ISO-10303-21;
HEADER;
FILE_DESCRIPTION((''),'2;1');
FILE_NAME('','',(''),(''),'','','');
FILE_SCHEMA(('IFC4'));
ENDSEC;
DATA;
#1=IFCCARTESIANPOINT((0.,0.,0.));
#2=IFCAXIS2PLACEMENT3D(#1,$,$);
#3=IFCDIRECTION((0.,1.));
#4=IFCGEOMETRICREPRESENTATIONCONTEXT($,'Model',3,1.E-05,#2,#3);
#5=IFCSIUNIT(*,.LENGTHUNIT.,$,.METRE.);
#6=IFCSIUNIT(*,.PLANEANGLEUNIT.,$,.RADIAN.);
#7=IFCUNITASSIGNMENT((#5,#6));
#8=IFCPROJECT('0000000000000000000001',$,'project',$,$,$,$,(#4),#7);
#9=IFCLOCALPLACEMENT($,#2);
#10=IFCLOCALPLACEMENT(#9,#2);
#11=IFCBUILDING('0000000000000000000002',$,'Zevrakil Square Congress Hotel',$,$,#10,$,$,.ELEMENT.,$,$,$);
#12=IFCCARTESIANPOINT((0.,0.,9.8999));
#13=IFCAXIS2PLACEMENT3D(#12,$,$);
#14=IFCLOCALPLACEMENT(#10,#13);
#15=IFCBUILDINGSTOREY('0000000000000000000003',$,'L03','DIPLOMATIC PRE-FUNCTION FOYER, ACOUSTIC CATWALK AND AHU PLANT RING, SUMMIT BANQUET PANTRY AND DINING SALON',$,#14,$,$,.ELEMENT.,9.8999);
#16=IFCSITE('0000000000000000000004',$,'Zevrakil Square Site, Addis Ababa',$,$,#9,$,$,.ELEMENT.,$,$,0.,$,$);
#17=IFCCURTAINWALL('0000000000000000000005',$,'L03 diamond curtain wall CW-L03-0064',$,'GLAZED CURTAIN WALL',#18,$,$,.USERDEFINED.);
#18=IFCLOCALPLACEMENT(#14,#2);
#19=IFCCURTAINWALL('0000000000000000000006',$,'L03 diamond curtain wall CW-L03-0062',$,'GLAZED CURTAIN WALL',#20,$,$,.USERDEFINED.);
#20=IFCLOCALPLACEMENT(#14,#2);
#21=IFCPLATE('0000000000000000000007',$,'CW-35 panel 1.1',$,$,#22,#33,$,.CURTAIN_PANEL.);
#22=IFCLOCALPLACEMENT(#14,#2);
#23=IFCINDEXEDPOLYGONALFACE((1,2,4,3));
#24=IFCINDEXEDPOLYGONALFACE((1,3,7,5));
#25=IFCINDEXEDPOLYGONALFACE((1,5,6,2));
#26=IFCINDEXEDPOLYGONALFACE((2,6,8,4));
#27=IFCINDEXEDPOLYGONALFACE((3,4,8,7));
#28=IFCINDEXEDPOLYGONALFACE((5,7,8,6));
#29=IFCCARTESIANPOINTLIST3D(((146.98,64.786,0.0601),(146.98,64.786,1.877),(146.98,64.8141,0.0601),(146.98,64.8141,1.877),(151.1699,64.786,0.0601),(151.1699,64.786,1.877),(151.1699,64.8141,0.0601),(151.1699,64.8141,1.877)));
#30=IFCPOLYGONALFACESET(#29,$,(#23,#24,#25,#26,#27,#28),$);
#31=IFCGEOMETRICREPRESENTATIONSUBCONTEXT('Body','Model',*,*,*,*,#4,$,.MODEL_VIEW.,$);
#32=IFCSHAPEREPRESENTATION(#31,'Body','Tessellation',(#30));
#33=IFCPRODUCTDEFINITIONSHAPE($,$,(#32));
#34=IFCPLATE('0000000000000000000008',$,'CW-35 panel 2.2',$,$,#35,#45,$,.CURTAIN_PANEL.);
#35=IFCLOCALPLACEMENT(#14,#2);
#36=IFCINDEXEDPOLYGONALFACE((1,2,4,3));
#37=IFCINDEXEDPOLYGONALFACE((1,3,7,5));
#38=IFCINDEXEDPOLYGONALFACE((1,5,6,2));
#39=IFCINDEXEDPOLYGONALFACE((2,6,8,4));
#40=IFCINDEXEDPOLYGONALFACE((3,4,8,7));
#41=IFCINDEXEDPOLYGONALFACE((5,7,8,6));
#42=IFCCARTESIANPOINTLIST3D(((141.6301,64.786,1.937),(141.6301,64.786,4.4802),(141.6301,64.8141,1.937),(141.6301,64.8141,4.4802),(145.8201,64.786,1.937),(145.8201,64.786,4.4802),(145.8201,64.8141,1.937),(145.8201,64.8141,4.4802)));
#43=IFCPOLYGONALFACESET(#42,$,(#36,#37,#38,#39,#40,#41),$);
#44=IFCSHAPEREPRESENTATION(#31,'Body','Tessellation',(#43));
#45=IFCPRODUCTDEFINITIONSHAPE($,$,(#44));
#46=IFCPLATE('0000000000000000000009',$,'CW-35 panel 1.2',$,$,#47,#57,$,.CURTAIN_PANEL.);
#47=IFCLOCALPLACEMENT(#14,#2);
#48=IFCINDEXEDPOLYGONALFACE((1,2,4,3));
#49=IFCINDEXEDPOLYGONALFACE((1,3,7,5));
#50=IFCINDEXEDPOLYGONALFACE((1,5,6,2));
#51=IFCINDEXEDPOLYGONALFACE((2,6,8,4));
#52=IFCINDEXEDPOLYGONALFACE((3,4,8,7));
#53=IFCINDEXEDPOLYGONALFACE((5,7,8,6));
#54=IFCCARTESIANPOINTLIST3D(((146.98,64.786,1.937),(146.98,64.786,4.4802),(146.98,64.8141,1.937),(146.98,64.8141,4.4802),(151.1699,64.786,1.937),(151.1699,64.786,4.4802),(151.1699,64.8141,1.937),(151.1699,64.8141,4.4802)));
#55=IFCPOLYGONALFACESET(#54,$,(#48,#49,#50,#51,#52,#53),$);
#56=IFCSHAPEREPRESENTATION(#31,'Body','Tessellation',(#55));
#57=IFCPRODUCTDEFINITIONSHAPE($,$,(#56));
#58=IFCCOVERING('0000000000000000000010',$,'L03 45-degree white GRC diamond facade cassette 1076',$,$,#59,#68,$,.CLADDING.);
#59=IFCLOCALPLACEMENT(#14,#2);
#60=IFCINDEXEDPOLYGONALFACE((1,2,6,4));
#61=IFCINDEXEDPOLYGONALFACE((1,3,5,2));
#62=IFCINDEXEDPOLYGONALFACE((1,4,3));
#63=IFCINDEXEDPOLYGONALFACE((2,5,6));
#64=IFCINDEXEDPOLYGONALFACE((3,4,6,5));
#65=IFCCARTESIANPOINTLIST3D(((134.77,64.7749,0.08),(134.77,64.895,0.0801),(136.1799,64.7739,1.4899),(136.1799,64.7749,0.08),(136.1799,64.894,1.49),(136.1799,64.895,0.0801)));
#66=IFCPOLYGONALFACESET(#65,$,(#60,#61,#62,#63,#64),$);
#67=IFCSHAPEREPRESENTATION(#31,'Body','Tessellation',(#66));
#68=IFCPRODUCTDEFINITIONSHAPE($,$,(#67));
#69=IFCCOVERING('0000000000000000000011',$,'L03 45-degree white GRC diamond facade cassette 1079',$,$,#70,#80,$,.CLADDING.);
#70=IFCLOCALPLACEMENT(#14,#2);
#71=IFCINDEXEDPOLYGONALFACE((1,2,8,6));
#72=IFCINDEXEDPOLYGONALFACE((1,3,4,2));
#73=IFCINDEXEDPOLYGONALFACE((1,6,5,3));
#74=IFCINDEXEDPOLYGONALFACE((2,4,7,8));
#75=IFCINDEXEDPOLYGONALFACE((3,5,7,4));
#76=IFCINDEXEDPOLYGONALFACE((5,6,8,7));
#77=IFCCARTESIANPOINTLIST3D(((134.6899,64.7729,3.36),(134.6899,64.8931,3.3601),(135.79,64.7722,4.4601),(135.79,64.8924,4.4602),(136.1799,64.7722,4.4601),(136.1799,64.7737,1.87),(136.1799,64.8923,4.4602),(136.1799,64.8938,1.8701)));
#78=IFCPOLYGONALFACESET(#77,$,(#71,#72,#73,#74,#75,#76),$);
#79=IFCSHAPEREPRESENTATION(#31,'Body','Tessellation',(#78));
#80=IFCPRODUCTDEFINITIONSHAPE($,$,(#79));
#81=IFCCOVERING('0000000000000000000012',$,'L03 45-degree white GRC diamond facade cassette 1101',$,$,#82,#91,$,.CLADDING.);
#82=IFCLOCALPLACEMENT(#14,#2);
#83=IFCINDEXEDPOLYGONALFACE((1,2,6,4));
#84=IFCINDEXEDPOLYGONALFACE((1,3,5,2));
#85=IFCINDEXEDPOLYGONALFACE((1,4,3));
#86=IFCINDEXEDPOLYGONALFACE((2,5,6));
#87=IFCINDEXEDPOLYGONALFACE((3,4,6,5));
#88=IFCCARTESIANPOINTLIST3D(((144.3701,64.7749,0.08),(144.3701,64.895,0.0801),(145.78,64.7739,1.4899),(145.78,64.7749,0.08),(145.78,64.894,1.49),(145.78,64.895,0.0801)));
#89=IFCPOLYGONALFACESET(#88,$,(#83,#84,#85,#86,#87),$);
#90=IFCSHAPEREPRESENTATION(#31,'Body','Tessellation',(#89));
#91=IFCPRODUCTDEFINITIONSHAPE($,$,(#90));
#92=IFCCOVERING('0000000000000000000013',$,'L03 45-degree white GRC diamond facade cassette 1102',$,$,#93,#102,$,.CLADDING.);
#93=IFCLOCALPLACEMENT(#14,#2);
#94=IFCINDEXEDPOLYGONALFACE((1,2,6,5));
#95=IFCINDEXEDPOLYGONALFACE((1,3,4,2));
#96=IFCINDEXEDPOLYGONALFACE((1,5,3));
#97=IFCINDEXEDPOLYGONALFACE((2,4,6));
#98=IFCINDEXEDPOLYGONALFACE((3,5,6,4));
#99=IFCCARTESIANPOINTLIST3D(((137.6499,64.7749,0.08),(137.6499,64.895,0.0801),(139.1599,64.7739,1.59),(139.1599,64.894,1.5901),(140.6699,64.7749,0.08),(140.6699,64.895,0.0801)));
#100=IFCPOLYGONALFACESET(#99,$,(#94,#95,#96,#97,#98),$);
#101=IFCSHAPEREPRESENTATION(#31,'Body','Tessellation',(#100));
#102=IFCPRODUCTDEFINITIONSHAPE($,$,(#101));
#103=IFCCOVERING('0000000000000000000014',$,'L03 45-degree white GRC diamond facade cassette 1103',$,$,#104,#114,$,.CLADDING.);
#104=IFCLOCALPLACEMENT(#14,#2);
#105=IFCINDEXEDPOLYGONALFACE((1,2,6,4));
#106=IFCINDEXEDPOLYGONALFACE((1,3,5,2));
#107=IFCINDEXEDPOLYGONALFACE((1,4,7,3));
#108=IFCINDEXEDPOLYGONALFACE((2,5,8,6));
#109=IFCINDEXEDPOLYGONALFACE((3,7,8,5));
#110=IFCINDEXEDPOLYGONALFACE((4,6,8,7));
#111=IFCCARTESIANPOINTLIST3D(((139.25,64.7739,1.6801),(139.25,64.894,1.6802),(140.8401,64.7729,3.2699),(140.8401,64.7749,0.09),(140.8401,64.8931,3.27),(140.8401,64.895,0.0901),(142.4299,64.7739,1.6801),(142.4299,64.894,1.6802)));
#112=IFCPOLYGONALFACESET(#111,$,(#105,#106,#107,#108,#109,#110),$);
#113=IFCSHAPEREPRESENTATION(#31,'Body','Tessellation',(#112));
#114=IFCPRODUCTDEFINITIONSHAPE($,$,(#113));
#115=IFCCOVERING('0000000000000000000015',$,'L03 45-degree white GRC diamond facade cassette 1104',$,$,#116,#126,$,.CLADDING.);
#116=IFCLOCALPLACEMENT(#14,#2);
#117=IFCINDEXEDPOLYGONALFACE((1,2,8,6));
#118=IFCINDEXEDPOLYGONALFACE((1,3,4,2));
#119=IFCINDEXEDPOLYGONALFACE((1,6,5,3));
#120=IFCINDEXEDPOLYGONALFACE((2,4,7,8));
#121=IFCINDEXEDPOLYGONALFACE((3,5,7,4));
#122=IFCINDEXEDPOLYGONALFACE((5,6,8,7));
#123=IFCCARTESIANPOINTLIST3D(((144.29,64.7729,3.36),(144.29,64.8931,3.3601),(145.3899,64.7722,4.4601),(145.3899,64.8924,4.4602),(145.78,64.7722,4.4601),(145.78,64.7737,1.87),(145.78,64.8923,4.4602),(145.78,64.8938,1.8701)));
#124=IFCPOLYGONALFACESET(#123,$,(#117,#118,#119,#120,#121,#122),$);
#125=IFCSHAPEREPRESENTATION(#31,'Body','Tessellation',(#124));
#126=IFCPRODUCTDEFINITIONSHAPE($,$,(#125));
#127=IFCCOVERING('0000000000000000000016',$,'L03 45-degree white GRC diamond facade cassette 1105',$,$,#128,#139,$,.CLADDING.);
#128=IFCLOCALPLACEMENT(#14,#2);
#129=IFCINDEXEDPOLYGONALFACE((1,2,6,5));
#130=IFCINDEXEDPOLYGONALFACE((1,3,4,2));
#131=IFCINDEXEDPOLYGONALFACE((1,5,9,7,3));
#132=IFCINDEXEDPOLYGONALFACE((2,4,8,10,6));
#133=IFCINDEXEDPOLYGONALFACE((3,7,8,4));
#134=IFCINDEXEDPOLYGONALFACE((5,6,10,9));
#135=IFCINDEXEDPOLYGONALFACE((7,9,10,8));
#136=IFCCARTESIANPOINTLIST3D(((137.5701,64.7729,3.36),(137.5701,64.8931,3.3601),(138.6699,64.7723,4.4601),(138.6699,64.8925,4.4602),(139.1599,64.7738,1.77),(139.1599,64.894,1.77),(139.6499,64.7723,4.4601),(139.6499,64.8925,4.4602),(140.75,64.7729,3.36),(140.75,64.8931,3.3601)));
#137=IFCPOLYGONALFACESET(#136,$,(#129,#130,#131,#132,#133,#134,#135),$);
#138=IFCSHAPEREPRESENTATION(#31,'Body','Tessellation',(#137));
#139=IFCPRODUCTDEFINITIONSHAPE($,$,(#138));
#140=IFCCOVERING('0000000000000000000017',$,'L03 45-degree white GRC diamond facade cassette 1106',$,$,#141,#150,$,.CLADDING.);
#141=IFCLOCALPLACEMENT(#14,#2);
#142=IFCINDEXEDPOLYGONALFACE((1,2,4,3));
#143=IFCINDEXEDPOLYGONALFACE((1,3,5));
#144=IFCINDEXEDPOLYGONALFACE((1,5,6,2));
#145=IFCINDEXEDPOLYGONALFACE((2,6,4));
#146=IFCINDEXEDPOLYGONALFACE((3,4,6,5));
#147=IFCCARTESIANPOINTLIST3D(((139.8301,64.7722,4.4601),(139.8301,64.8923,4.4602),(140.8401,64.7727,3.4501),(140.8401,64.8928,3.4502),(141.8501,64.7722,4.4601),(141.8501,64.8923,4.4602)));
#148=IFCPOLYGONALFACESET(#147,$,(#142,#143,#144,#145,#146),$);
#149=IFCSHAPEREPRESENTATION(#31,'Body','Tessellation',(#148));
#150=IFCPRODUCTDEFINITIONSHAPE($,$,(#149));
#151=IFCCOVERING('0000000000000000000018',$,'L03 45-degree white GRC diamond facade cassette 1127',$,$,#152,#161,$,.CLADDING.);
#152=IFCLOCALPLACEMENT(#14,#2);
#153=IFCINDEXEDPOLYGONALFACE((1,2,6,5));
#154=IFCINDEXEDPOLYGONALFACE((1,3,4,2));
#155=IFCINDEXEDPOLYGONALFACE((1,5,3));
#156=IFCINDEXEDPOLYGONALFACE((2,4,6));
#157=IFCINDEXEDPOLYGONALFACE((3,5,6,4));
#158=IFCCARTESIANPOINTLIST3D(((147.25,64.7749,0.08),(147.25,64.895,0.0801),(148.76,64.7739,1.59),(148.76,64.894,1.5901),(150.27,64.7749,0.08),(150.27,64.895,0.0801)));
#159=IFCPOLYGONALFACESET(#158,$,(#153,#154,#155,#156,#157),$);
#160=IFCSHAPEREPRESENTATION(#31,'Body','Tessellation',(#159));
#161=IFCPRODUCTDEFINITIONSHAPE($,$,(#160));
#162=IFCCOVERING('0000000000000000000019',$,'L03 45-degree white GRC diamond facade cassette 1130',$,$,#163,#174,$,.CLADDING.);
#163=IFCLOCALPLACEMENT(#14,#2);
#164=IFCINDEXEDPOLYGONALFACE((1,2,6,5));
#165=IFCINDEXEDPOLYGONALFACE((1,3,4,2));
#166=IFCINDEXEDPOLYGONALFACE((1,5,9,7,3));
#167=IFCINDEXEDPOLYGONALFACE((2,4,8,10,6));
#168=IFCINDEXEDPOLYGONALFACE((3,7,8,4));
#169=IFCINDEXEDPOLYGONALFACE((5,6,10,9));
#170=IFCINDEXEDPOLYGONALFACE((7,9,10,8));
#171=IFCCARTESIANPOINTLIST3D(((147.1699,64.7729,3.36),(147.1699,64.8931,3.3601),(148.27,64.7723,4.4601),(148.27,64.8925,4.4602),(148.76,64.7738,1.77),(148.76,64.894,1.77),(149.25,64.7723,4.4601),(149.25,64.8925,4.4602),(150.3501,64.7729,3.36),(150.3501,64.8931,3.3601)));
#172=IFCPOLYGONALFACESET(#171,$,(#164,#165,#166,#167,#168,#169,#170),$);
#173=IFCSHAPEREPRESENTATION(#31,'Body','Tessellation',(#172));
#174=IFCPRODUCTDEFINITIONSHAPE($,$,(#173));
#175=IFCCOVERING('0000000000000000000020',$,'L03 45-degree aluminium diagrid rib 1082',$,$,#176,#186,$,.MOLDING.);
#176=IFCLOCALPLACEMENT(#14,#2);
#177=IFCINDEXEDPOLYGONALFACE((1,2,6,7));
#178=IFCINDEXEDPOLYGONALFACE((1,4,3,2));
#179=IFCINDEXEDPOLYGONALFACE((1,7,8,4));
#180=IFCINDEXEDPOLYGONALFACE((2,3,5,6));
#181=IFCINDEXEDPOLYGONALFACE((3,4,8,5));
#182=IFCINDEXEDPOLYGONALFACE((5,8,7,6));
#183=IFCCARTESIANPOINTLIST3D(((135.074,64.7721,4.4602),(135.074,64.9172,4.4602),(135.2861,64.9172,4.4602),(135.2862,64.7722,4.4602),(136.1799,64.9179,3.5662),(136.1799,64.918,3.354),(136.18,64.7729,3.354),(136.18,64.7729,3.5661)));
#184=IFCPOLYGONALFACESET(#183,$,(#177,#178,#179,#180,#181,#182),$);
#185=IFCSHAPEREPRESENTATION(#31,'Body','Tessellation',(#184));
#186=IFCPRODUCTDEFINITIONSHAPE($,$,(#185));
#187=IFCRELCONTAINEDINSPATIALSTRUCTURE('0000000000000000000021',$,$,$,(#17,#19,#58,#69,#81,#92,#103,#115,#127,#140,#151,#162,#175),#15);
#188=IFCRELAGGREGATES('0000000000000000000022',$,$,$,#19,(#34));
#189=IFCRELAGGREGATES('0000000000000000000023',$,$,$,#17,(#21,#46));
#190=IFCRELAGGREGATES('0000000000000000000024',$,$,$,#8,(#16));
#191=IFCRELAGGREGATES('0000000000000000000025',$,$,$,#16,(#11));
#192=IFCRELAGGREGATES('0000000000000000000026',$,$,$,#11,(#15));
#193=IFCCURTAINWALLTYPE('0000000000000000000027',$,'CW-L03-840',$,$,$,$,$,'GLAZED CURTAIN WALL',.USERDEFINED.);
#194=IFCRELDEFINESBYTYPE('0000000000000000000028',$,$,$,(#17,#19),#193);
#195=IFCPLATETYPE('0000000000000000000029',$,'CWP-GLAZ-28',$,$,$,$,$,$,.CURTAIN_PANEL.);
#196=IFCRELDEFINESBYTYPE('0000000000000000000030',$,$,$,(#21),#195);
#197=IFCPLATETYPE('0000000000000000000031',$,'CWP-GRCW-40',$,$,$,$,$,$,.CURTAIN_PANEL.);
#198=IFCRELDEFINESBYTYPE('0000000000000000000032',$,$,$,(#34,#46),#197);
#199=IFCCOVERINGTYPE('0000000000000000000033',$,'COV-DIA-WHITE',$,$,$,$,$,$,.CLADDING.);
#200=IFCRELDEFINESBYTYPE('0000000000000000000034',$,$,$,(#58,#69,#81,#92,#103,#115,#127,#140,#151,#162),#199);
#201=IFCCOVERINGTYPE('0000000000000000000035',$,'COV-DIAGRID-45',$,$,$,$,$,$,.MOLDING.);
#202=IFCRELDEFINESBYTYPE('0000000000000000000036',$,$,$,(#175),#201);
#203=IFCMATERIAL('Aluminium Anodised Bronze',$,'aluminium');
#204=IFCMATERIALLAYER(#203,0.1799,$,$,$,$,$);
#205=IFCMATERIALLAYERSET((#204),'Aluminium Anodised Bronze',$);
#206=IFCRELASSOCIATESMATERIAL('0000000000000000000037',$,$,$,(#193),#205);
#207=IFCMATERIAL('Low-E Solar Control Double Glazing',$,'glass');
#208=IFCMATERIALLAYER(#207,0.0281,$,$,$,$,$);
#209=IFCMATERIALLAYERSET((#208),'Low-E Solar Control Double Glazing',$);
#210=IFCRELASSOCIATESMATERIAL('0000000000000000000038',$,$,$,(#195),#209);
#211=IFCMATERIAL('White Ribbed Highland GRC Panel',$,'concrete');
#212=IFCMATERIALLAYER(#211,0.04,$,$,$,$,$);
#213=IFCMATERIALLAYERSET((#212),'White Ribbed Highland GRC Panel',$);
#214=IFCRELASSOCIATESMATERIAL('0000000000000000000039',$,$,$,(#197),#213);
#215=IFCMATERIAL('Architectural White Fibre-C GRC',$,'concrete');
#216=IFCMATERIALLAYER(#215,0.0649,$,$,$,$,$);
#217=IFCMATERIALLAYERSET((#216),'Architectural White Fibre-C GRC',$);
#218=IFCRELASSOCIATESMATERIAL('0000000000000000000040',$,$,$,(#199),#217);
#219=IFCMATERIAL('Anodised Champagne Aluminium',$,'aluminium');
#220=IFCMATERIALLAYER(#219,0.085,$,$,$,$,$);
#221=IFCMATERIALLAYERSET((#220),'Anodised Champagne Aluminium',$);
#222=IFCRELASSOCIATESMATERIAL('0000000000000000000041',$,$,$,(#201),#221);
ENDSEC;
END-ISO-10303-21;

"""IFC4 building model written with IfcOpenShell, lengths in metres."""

from ifc_helpers import new_model, si_unit, direction, frame, origin, origin_2d, place, context, subcontext, project, spatial, polyline, rectangle, outline, extrude, material, layer, layer_set, type_object, element, aggregate, save


model = new_model("IFC4")

# Units and contexts
model_context = context("Model", 3, precision=1e-05, world=origin(), true_north=direction((0.0, 1.0)))
body_context = subcontext(model_context, "Body", "Model", "MODEL_VIEW")
ifc_project = project(units=[si_unit("LENGTHUNIT", "METRE"), si_unit("PLANEANGLEUNIT", "RADIAN")], contexts=[model_context])

# Site, building, storey
site_placement = place(None, origin())
site = spatial("IfcSite", under=ifc_project, at=site_placement, Name="Zevrakil Square Site, Addis Ababa", CompositionType="ELEMENT", RefElevation=0.0)
building_placement = place(site_placement, origin())
building = spatial("IfcBuilding", under=site, at=building_placement, Name="Zevrakil Square Congress Hotel", CompositionType="ELEMENT")
storey_placement = place(building_placement, frame((0.0, 0.0, 9.8999)))
storey = spatial("IfcBuildingStorey", under=building, at=storey_placement, Name="L03", Description="DIPLOMATIC PRE-FUNCTION FOYER, ACOUSTIC CATWALK AND AHU PLANT RING, SUMMIT BANQUET PANTRY AND DINING SALON", CompositionType="ELEMENT", Elevation=9.8999)

# Curtain wall
ifc_material_1 = material(Name="Aluminium Anodised Bronze", Category="aluminium")
ifc_layer_1 = layer(ifc_material_1, 0.1799)
ifc_layer_set_1 = layer_set([ifc_layer_1], Name="Aluminium Anodised Bronze")
curtain_wall_type = type_object("IfcCurtainWallType", Name="CW-L03-840", ElementType="GLAZED CURTAIN WALL", PredefinedType="USERDEFINED", material=ifc_layer_set_1)
curtain_wall_1_placement = place(storey_placement, origin())
curtain_wall_1 = element("IfcCurtainWall", 1, at=curtain_wall_1_placement, inside=storey, type_object=curtain_wall_type, Name="L03 diamond curtain wall CW-L03-0064", ObjectType="GLAZED CURTAIN WALL", PredefinedType="USERDEFINED")

# Curtain wall
curtain_wall_2_placement = place(storey_placement, origin())
curtain_wall_2 = element("IfcCurtainWall", 2, at=curtain_wall_2_placement, inside=storey, type_object=curtain_wall_type, Name="L03 diamond curtain wall CW-L03-0062", ObjectType="GLAZED CURTAIN WALL", PredefinedType="USERDEFINED")

# Plates
ifc_material_2 = material(Name="Low-E Solar Control Double Glazing", Category="glass")
ifc_layer_2 = layer(ifc_material_2, 0.0281)
ifc_layer_set_2 = layer_set([ifc_layer_2], Name="Low-E Solar Control Double Glazing")
plate_type_1 = type_object("IfcPlateType", Name="CWP-GLAZ-28", PredefinedType="CURTAIN_PANEL", material=ifc_layer_set_2)
plate_1_placement = place(storey_placement, frame((149.075, 64.8, 0.0601), z_axis=(0.0, 0.0, 1.0), x_axis=(1.0, 0.0, 0.0)))
plate_1 = element("IfcPlate", 3, at=plate_1_placement, type_object=plate_type_1, Name="CW-35 panel 1.1", PredefinedType="CURTAIN_PANEL", context=body_context, shape_type="SweptSolid", body=[
    extrude(rectangle(XDim=4.1899, YDim=0.0281, at=origin_2d()), origin(), (0.0, 0.0, 1.0), 1.8169),
])
ifc_material_3 = material(Name="White Ribbed Highland GRC Panel", Category="concrete")
ifc_layer_3 = layer(ifc_material_3, 0.04)
ifc_layer_set_3 = layer_set([ifc_layer_3], Name="White Ribbed Highland GRC Panel")
plate_type_2 = type_object("IfcPlateType", Name="CWP-GRCW-40", PredefinedType="CURTAIN_PANEL", material=ifc_layer_set_3)
plate_2_placement = place(storey_placement, frame((143.7251, 64.8, 1.937), z_axis=(0.0, 0.0, 1.0), x_axis=(1.0, 0.0, 0.0)))
plate_2 = element("IfcPlate", 4, at=plate_2_placement, type_object=plate_type_2, Name="CW-35 panel 2.2", PredefinedType="CURTAIN_PANEL", context=body_context, shape_type="SweptSolid", body=[
    extrude(rectangle(XDim=4.1899, YDim=0.0281, at=origin_2d()), origin(), (0.0, 0.0, 1.0), 2.5432),
])
aggregate(curtain_wall_2, [plate_2])
plate_3_placement = place(storey_placement, frame((149.075, 64.8, 1.937), z_axis=(0.0, 0.0, 1.0), x_axis=(1.0, 0.0, 0.0)))
plate_3 = element("IfcPlate", 5, at=plate_3_placement, type_object=plate_type_2, Name="CW-35 panel 1.2", PredefinedType="CURTAIN_PANEL", context=body_context, shape_type="SweptSolid", body=[
    extrude(rectangle(XDim=4.1899, YDim=0.0281, at=origin_2d()), origin(), (0.0, 0.0, 1.0), 2.5432),
])
aggregate(curtain_wall_1, [plate_1, plate_3])

# Coverings
ifc_material_4 = material(Name="Architectural White Fibre-C GRC", Category="concrete")
ifc_layer_4 = layer(ifc_material_4, 0.0649)
ifc_layer_set_4 = layer_set([ifc_layer_4], Name="Architectural White Fibre-C GRC")
covering_type_1 = type_object("IfcCoveringType", Name="COV-DIA-WHITE", PredefinedType="CLADDING", material=ifc_layer_set_4)
covering_1_placement = place(storey_placement, frame((134.77, 64.895, 0.0801), z_axis=(0.0, 1.0, 0.000693), x_axis=(1.0, 0.0, 0.0)))
element("IfcCovering", 6, at=covering_1_placement, inside=storey, type_object=covering_type_1, Name="L03 45-degree white GRC diamond facade cassette 1076", PredefinedType="CLADDING", context=body_context, shape_type="SweptSolid", body=[
    extrude(outline(polyline([(0.0, 0.0), (1.4099, 0.0), (1.4099, -1.4099), (0.0, 0.0)])), origin(), (0.0, 0.0, -1.0), 0.1201),
])
covering_2_placement = place(storey_placement, frame((134.6899, 64.8931, 3.3601), z_axis=(0.000067, 1.0, 0.000576), x_axis=(0.707107, 0.00036, -0.707107)))
element("IfcCovering", 7, at=covering_2_placement, inside=storey, type_object=covering_type_1, Name="L03 45-degree white GRC diamond facade cassette 1079", PredefinedType="CLADDING", context=body_context, shape_type="SweptSolid", body=[
    extrude(outline(polyline([(0.0, 0.0), (2.1072, 0.0), (0.2757, -1.8315), (0.0, -1.5558), (0.0, 0.0)])), origin(), (0.0, 0.0, -1.0), 0.1201),
])
covering_3_placement = place(storey_placement, frame((144.3701, 64.895, 0.0801), z_axis=(0.0, 1.0, 0.000693), x_axis=(1.0, 0.0, 0.0)))
element("IfcCovering", 8, at=covering_3_placement, inside=storey, type_object=covering_type_1, Name="L03 45-degree white GRC diamond facade cassette 1101", PredefinedType="CLADDING", context=body_context, shape_type="SweptSolid", body=[
    extrude(outline(polyline([(0.0, 0.0), (1.4099, 0.0), (1.4099, -1.4099), (0.0, 0.0)])), origin(), (0.0, 0.0, -1.0), 0.1201),
])
covering_4_placement = place(storey_placement, frame((139.1599, 64.894, 1.5901), z_axis=(0.0, 1.0, 0.000647), x_axis=(-0.707107, 0.000457, -0.707107)))
element("IfcCovering", 9, at=covering_4_placement, inside=storey, type_object=covering_type_1, Name="L03 45-degree white GRC diamond facade cassette 1102", PredefinedType="CLADDING", context=body_context, shape_type="SweptSolid", body=[
    extrude(outline(polyline([(0.0, 0.0), (2.1355, 0.0), (0.0, -2.1355), (0.0, 0.0)])), origin(), (0.0, 0.0, -1.0), 0.1201),
])
covering_5_placement = place(storey_placement, frame((140.8401, 64.8931, 3.27), z_axis=(0.0, 1.0, 0.000614), x_axis=(-0.707161, 0.000434, -0.707052)))
element("IfcCovering", 10, at=covering_5_placement, inside=storey, type_object=covering_type_1, Name="L03 45-degree white GRC diamond facade cassette 1103", PredefinedType="CLADDING", context=body_context, shape_type="SweptSolid", body=[
    extrude(outline(polyline([(0.0, 0.0), (2.2486, 0.0), (2.2484, -2.2487), (-0.0002, -2.2484), (0.0, 0.0)])), origin(), (0.0, 0.0, -1.0), 0.1201),
])
covering_6_placement = place(storey_placement, frame((144.29, 64.8931, 3.3601), z_axis=(0.000067, 1.0, 0.000576), x_axis=(0.707107, 0.00036, -0.707107)))
element("IfcCovering", 11, at=covering_6_placement, inside=storey, type_object=covering_type_1, Name="L03 45-degree white GRC diamond facade cassette 1104", PredefinedType="CLADDING", context=body_context, shape_type="SweptSolid", body=[
    extrude(outline(polyline([(0.0, 0.0), (2.1072, 0.0), (0.2757, -1.8315), (-0.0002, -1.5556), (0.0, 0.0)])), origin(), (0.0, 0.0, -1.0), 0.1201),
])
covering_7_placement = place(storey_placement, frame((137.5701, 64.8931, 3.3601), z_axis=(0.0, 1.0, 0.000558), x_axis=(0.707052, 0.000395, -0.707161)))
element("IfcCovering", 12, at=covering_7_placement, inside=storey, type_object=covering_type_1, Name="L03 45-degree white GRC diamond facade cassette 1105", PredefinedType="CLADDING", context=body_context, shape_type="SweptSolid", body=[
    extrude(outline(polyline([(0.0, 0.0), (2.2486, 0.0), (2.2484, -2.2487), (0.6926, -2.2486), (-0.0003, -1.5556), (0.0, 0.0)])), origin(), (0.0, 0.0, -1.0), 0.1201),
])
covering_8_placement = place(storey_placement, frame((140.8401, 64.8928, 3.4502), z_axis=(0.0, 1.0, 0.000483), x_axis=(0.707107, -0.000342, 0.707107)))
element("IfcCovering", 13, at=covering_8_placement, inside=storey, type_object=covering_type_1, Name="L03 45-degree white GRC diamond facade cassette 1106", PredefinedType="CLADDING", context=body_context, shape_type="SweptSolid", body=[
    extrude(outline(polyline([(0.0, 0.0), (1.4284, 0.0), (0.0, -1.4284), (0.0, 0.0)])), origin(), (0.0, 0.0, -1.0), 0.1201),
])
covering_9_placement = place(storey_placement, frame((148.76, 64.894, 1.5901), z_axis=(0.0, 1.0, 0.000647), x_axis=(-0.707107, 0.000457, -0.707107)))
element("IfcCovering", 14, at=covering_9_placement, inside=storey, type_object=covering_type_1, Name="L03 45-degree white GRC diamond facade cassette 1127", PredefinedType="CLADDING", context=body_context, shape_type="SweptSolid", body=[
    extrude(outline(polyline([(0.0, 0.0), (2.1355, 0.0), (0.0, -2.1355), (0.0, 0.0)])), origin(), (0.0, 0.0, -1.0), 0.1201),
])
covering_10_placement = place(storey_placement, frame((147.1699, 64.8931, 3.3601), z_axis=(0.0, 1.0, 0.000558), x_axis=(0.707107, 0.000395, -0.707107)))
element("IfcCovering", 15, at=covering_10_placement, inside=storey, type_object=covering_type_1, Name="L03 45-degree white GRC diamond facade cassette 1130", PredefinedType="CLADDING", context=body_context, shape_type="SweptSolid", body=[
    extrude(outline(polyline([(0.0, 0.0), (2.2487, 0.0), (2.2487, -2.2487), (0.693, -2.2487), (0.0, -1.5558), (0.0, 0.0)])), origin(), (0.0, 0.0, -1.0), 0.1201),
])
ifc_material_5 = material(Name="Anodised Champagne Aluminium", Category="aluminium")
ifc_layer_5 = layer(ifc_material_5, 0.085)
ifc_layer_set_5 = layer_set([ifc_layer_5], Name="Anodised Champagne Aluminium")
covering_type_2 = type_object("IfcCoveringType", Name="COV-DIAGRID-45", PredefinedType="MOLDING", material=ifc_layer_set_5)
covering_11_placement = place(storey_placement, frame((136.1799, 64.918, 3.354), z_axis=(-0.000366, 1.0, 0.000366), x_axis=(0.0, -0.000366, 1.0)))
element("IfcCovering", 16, at=covering_11_placement, inside=storey, type_object=covering_type_2, Name="L03 45-degree aluminium diagrid rib 1082", PredefinedType="MOLDING", context=body_context, shape_type="SweptSolid", body=[
    extrude(outline(polyline([(0.0, 0.0), (0.2122, 0.0), (1.1062, -0.8938), (1.1062, -1.106), (0.0, 0.0)])), origin(), (0.0, 0.0, -1.0), 0.145),
])

save(model, "model.ifc")
